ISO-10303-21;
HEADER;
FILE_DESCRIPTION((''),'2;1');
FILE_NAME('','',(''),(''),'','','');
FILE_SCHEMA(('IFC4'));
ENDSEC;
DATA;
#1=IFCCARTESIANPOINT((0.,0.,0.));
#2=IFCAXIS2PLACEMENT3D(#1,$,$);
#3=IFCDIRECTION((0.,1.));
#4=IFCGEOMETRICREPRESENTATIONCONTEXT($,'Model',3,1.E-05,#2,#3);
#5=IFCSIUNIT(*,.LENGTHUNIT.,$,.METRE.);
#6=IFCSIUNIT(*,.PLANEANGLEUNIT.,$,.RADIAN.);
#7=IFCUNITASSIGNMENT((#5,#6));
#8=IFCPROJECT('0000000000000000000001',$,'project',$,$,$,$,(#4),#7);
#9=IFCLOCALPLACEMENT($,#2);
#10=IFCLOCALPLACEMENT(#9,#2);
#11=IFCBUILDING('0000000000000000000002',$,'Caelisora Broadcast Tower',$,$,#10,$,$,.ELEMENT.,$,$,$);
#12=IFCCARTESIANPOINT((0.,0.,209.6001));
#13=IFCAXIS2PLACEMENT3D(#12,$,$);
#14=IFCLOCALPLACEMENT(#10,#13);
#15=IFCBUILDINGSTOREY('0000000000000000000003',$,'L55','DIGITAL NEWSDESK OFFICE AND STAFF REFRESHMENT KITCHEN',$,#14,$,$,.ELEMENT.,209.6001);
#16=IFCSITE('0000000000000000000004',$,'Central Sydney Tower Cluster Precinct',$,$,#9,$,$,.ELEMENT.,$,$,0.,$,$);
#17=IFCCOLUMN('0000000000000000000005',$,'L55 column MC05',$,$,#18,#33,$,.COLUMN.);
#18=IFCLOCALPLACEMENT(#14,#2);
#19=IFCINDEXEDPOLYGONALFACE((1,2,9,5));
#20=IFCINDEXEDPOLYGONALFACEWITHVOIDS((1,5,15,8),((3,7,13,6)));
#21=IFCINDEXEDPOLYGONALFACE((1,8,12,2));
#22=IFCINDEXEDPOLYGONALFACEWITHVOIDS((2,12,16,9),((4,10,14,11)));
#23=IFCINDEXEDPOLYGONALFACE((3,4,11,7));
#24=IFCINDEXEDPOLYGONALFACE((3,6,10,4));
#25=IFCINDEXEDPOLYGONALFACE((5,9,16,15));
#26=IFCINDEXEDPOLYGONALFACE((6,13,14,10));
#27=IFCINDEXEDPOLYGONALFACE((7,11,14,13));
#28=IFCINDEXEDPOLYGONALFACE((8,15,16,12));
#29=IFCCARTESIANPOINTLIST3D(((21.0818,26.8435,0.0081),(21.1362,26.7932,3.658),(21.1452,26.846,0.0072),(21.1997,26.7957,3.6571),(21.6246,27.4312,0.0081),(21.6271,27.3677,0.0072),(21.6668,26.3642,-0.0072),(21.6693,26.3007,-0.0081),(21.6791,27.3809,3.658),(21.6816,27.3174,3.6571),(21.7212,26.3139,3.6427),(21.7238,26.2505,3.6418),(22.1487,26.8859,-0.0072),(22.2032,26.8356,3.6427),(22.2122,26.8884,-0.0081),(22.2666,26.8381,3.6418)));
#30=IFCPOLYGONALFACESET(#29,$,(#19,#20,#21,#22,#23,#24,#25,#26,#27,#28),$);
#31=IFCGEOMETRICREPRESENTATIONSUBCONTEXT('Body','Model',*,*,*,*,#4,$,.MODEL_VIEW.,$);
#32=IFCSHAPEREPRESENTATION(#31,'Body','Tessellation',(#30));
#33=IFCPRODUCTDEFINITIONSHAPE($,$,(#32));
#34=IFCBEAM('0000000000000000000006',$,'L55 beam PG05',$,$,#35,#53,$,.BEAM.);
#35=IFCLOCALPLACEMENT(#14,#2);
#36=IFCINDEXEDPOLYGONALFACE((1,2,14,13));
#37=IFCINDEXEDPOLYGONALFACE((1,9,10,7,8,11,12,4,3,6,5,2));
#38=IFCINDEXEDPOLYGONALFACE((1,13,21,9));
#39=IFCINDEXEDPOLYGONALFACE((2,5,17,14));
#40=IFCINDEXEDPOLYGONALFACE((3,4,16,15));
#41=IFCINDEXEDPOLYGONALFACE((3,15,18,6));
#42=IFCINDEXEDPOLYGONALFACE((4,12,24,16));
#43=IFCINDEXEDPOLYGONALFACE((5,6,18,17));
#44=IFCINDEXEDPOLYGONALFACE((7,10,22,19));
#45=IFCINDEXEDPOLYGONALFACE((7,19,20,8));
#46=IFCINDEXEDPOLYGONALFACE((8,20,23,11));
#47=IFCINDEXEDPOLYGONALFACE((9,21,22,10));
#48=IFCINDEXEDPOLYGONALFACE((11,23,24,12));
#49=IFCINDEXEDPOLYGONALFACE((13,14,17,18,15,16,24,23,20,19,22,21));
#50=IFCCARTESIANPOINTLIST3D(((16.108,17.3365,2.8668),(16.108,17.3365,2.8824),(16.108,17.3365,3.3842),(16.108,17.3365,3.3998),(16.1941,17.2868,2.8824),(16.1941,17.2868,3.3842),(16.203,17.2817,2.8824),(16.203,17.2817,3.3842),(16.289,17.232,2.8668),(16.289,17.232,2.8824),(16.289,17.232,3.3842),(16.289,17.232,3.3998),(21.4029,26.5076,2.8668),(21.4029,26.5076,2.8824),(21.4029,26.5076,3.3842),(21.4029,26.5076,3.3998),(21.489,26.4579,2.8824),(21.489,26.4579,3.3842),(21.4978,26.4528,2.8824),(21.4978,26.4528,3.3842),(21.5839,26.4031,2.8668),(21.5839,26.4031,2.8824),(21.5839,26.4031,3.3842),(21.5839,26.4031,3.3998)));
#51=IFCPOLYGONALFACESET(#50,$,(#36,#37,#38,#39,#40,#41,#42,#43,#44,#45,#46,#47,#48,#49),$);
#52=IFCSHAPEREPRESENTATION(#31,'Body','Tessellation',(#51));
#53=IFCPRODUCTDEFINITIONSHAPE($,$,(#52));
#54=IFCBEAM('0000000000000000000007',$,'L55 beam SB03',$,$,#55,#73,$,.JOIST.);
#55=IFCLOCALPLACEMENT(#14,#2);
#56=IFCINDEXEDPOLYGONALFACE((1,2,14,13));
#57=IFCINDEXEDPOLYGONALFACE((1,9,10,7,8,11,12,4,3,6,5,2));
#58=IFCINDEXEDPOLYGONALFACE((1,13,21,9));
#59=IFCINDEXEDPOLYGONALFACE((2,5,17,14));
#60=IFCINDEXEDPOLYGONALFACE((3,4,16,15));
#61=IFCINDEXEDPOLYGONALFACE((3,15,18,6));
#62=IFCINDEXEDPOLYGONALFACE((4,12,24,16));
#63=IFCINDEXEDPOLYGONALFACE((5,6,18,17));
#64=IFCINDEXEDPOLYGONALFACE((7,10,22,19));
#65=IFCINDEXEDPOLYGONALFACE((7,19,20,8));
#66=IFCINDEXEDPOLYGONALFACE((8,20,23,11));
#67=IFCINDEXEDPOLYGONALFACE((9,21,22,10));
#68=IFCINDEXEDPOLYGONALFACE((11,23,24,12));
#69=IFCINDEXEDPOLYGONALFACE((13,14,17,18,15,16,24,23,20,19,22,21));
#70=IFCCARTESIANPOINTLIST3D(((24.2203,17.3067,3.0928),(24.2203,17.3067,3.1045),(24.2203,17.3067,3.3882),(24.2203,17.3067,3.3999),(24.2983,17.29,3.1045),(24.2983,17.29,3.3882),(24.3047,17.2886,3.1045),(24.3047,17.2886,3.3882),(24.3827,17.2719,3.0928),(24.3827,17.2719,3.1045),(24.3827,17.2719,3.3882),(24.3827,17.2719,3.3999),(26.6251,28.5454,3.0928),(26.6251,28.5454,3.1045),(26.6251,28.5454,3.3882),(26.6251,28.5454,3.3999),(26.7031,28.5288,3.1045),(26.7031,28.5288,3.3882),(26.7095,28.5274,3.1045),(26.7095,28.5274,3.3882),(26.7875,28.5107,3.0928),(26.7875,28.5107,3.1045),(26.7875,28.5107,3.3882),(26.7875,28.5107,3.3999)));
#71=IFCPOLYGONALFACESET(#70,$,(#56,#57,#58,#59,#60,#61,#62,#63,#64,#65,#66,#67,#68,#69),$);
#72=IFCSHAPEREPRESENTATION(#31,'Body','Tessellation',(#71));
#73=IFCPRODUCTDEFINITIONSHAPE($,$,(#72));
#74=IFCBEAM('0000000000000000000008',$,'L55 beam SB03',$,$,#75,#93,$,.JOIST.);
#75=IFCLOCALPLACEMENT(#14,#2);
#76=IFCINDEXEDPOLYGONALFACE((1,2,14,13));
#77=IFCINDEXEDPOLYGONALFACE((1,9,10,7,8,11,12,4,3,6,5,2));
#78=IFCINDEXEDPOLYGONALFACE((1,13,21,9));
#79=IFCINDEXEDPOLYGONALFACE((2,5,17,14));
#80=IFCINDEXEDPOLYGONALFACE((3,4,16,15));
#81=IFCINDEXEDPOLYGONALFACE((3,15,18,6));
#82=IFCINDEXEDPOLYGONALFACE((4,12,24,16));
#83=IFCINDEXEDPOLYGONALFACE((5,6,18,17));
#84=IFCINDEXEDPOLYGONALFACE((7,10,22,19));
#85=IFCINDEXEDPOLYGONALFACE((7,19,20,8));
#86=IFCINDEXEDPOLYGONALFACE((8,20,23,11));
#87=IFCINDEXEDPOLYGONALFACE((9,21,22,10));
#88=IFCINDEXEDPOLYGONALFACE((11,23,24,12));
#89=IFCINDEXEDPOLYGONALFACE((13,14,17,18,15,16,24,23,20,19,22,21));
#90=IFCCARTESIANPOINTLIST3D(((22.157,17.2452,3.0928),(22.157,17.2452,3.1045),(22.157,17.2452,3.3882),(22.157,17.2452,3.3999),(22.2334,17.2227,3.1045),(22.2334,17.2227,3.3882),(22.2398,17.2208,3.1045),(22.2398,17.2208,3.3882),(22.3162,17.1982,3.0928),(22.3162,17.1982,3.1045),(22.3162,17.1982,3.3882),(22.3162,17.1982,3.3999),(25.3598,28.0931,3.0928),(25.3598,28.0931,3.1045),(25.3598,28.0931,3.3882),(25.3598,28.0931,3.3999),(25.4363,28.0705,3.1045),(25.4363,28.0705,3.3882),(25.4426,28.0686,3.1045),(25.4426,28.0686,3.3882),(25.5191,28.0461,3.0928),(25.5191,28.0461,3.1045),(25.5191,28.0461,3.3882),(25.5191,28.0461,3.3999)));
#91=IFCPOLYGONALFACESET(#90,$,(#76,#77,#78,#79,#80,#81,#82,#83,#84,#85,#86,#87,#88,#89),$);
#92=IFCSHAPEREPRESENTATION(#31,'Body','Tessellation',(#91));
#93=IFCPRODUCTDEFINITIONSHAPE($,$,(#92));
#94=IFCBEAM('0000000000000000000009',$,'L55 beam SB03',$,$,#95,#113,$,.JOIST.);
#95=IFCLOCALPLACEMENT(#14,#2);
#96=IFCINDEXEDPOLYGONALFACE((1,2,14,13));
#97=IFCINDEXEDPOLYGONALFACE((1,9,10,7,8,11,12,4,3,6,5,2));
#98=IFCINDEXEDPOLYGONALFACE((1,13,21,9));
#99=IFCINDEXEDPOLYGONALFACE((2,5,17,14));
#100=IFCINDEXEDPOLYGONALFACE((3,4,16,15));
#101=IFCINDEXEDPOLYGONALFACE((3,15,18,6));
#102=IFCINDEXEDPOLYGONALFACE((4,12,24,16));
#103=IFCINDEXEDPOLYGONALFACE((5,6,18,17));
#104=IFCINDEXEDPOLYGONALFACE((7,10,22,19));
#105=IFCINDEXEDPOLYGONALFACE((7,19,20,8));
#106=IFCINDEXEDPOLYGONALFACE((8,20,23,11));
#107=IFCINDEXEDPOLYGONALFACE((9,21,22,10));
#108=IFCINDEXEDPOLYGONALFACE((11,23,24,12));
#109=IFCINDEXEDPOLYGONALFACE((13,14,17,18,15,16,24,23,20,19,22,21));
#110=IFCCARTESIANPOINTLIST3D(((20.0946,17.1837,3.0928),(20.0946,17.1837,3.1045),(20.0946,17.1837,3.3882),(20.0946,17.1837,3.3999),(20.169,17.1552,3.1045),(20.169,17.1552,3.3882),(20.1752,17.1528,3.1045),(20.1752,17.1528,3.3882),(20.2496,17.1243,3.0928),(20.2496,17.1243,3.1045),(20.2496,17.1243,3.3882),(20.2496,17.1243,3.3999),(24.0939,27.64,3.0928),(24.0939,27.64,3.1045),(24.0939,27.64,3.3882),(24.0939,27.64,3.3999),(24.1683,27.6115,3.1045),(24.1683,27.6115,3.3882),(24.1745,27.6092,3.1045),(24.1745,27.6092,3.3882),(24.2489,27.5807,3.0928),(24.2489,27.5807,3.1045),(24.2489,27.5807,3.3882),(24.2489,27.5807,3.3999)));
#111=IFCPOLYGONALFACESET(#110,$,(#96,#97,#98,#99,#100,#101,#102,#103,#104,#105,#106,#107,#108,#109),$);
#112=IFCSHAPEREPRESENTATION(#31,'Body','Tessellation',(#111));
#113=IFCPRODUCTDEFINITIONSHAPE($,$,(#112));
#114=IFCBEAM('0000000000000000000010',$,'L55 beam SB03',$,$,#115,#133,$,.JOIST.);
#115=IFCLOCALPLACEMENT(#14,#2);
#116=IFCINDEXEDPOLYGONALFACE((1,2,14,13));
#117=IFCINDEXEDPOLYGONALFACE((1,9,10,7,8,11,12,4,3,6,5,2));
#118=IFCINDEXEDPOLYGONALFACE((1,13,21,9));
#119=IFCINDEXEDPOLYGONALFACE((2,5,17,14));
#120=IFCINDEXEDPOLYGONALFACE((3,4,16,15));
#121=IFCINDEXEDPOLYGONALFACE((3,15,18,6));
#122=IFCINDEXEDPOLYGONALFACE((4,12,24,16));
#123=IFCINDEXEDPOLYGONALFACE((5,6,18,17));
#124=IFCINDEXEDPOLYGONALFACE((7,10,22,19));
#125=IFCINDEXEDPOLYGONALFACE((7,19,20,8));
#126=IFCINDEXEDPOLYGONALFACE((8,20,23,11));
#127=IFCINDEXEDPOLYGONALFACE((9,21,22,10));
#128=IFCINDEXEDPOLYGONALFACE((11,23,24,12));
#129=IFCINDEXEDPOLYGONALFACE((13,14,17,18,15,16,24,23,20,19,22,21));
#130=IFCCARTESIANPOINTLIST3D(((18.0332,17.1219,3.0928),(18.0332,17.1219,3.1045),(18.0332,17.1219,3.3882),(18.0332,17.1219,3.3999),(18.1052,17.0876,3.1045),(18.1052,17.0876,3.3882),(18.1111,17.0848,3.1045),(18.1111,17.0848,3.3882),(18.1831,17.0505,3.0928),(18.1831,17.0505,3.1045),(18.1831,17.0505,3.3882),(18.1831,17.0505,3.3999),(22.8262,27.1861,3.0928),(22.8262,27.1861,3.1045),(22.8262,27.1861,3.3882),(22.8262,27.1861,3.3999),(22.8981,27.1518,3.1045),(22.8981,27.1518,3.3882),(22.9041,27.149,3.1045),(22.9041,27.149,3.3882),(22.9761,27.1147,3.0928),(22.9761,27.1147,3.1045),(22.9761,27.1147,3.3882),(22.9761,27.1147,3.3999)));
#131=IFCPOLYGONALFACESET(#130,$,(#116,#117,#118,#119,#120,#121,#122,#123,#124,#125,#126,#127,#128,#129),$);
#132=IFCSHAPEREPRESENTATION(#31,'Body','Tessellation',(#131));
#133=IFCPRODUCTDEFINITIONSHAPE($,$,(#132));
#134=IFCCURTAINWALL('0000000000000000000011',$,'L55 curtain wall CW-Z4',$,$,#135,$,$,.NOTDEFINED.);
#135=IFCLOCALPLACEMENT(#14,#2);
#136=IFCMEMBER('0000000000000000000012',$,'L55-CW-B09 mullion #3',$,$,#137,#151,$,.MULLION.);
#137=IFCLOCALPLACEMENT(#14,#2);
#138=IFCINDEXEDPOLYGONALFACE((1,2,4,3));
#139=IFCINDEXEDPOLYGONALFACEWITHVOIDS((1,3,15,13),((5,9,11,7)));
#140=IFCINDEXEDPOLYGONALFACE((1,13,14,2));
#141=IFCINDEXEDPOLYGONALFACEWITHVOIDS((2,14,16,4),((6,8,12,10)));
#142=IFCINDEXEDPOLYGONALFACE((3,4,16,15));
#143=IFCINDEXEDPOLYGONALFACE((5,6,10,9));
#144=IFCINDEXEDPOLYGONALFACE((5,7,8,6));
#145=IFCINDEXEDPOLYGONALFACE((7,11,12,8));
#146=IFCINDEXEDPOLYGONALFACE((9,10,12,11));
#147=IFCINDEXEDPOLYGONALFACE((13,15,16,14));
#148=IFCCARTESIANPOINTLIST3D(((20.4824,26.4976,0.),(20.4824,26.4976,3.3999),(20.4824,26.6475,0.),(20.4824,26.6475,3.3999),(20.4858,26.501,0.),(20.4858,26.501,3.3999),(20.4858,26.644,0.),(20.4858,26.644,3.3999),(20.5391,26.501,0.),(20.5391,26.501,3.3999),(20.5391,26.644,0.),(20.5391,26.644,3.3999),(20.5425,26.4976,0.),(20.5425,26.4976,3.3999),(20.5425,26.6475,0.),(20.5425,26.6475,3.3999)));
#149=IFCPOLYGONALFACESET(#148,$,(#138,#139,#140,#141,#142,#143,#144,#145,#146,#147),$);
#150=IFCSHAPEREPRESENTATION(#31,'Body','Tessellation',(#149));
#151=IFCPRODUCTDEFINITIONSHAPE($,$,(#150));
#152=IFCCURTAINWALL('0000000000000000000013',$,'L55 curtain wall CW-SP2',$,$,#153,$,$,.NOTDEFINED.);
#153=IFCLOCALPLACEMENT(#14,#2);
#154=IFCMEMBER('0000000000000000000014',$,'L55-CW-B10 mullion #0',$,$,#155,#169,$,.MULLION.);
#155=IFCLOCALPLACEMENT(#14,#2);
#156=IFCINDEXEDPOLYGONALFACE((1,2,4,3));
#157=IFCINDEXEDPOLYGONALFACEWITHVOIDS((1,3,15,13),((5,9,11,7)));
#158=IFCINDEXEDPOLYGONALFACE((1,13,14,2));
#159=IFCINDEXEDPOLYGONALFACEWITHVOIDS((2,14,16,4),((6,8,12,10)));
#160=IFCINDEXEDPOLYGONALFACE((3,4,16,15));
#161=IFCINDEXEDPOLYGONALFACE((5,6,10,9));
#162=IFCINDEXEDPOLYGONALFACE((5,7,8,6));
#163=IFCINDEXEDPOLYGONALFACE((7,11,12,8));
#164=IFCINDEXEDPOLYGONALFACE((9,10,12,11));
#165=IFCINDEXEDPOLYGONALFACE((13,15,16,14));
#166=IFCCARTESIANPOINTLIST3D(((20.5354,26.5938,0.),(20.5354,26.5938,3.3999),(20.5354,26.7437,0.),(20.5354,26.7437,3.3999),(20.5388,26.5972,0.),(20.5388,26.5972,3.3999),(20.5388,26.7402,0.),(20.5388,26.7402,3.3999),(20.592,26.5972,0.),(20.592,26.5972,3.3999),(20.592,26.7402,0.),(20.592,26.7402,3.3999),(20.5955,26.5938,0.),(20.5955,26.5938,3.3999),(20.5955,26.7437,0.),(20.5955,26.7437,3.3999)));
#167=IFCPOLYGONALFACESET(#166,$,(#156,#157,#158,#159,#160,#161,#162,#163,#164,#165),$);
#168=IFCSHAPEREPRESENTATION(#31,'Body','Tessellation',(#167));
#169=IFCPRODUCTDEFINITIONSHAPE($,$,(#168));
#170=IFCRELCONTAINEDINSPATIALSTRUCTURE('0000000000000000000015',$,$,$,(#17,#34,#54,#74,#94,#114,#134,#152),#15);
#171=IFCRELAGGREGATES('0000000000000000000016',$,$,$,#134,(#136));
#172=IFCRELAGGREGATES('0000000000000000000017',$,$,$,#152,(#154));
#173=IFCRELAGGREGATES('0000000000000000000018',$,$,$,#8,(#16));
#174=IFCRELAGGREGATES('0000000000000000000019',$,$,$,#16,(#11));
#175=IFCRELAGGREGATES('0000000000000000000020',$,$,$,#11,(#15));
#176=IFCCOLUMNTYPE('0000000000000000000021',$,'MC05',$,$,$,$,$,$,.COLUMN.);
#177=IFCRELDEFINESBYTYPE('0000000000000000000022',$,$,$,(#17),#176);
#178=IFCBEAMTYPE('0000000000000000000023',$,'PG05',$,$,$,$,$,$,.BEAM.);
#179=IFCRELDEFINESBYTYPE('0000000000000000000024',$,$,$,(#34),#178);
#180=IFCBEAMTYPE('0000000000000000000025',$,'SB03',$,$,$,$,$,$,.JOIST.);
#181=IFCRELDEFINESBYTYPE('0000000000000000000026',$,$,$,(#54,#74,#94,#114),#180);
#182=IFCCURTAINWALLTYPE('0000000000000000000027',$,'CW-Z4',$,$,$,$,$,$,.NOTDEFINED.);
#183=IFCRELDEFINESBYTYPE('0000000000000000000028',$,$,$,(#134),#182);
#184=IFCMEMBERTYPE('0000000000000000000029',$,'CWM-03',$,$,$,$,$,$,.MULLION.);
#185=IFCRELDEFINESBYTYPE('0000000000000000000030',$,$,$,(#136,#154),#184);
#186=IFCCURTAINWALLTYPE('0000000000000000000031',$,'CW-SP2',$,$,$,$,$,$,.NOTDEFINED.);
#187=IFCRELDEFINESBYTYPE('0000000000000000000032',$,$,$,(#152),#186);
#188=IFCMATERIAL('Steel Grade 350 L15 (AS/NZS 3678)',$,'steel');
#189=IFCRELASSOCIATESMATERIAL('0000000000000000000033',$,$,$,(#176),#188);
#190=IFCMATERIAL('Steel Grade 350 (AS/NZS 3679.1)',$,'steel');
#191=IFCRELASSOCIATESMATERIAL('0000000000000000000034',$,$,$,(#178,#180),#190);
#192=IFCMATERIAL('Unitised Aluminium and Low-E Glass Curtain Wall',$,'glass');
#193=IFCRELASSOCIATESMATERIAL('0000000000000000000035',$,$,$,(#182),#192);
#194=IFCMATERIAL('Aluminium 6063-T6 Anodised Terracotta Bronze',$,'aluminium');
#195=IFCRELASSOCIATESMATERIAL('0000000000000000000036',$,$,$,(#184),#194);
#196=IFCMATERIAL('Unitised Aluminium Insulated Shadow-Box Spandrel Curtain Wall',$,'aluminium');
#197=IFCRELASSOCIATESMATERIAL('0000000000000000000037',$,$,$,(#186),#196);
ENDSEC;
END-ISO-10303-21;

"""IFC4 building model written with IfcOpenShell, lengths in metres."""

from ifc_helpers import new_model, si_unit, direction, frame, origin, origin_2d, place, context, subcontext, project, spatial, hollow_rectangle, i_section, extrude, source, transform, mapped, material, material_profile, profile_set, type_object, type_shapes, element, aggregate, save


model = new_model("IFC4")

# Units and contexts
model_context = context("Model", 3, precision=1e-05, world=origin(), true_north=direction((0.0, 1.0)))
body_context = subcontext(model_context, "Body", "Model", "MODEL_VIEW")
ifc_project = project(units=[si_unit("LENGTHUNIT", "METRE"), si_unit("PLANEANGLEUNIT", "RADIAN")], contexts=[model_context])

# Site, building, storey
site_placement = place(None, origin())
site = spatial("IfcSite", under=ifc_project, at=site_placement, Name="Central Sydney Tower Cluster Precinct", CompositionType="ELEMENT", RefElevation=0.0)
building_placement = place(site_placement, origin())
building = spatial("IfcBuilding", under=site, at=building_placement, Name="Caelisora Broadcast Tower", CompositionType="ELEMENT")
storey_placement = place(building_placement, frame((0.0, 0.0, 209.6001)))
storey = spatial("IfcBuildingStorey", under=building, at=storey_placement, Name="L55", Description="DIGITAL NEWSDESK OFFICE AND STAFF REFRESHMENT KITCHEN", CompositionType="ELEMENT", Elevation=209.6001)

# Column
ifc_material_1 = material(Name="Steel Grade 350 L15 (AS/NZS 3678)", Category="steel")
ifc_material_profile_1 = material_profile(ifc_material_1, hollow_rectangle(XDim=0.8, YDim=0.8, WallThickness=0.0449, at=origin_2d()), Name="Steel Grade 350 L15 (AS/NZS 3678)")
ifc_profile_set_1 = profile_set([ifc_material_profile_1], Name="Steel Grade 350 L15 (AS/NZS 3678)")
column_type = type_object("IfcColumnType", Name="MC05", PredefinedType="COLUMN", material=ifc_profile_set_1)
shared_shape_1 = source(origin(), body_context, "Body", "SweptSolid", [
    extrude(hollow_rectangle(XDim=0.8, YDim=0.8, WallThickness=0.0449, at=origin_2d()), origin(), (0.0, 0.0, 1.0), 3.6506),
])
type_shapes(column_type, [shared_shape_1])
column_placement = place(storey_placement, frame((21.647, 26.866, 0.0), z_axis=(0.014913, -0.013776, 0.999794), x_axis=(0.678554, 0.734551, 0.0)))
element("IfcColumn", 1, at=column_placement, inside=storey, type_object=column_type, Name="L55 column MC05", PredefinedType="COLUMN", context=body_context, shape_type="MappedRepresentation", body=[
    mapped(shared_shape_1, transform((0.0, 0.0, 0.0), scale=1.0)),
])

# Beams
ifc_material_2 = material(Name="Steel Grade 350 (AS/NZS 3679.1)", Category="steel")
ifc_material_profile_2 = material_profile(ifc_material_2, i_section(OverallWidth=0.209, OverallDepth=0.533, WebThickness=0.0103, FlangeThickness=0.0156, at=origin_2d()), Name="Steel Grade 350 (AS/NZS 3679.1)")
ifc_profile_set_2 = profile_set([ifc_material_profile_2], Name="Steel Grade 350 (AS/NZS 3679.1)")
beam_type_1 = type_object("IfcBeamType", Name="PG05", PredefinedType="BEAM", material=ifc_profile_set_2)
shared_shape_2 = source(origin(), body_context, "Body", "SweptSolid", [
    extrude(i_section(OverallWidth=0.209, OverallDepth=0.533, WebThickness=0.0103, FlangeThickness=0.0156, at=origin_2d()), origin(), (0.0, 0.0, 1.0), 10.5898),
])
type_shapes(beam_type_1, [shared_shape_2])
beam_1_placement = place(storey_placement, frame((21.4934, 26.4553, 3.1333), z_axis=(-0.499997, -0.866027, 0.0), x_axis=(0.866027, -0.499997, 0.0)))
element("IfcBeam", 2, at=beam_1_placement, inside=storey, type_object=beam_type_1, Name="L55 beam PG05", PredefinedType="BEAM", context=body_context, shape_type="MappedRepresentation", body=[
    mapped(shared_shape_2, transform((0.0, 0.0, 0.0), scale=1.0)),
])
ifc_material_profile_3 = material_profile(ifc_material_2, i_section(OverallWidth=0.166, OverallDepth=0.3071, WebThickness=0.0066, FlangeThickness=0.0117, at=origin_2d()), Name="Steel Grade 350 (AS/NZS 3679.1)")
ifc_profile_set_3 = profile_set([ifc_material_profile_3], Name="Steel Grade 350 (AS/NZS 3679.1)")
beam_type_2 = type_object("IfcBeamType", Name="SB03", PredefinedType="JOIST", material=ifc_profile_set_3)
shared_shape_3 = source(origin(), body_context, "Body", "SweptSolid", [
    extrude(i_section(OverallWidth=0.166, OverallDepth=0.3071, WebThickness=0.0066, FlangeThickness=0.0117, at=origin_2d()), origin(), (0.0, 0.0, 1.0), 11.4932),
])
beam_2_placement = place(storey_placement, frame((26.7063, 28.5281, 3.2463), z_axis=(-0.209236, -0.977865, 0.0), x_axis=(0.977865, -0.209236, 0.0)))
element("IfcBeam", 3, at=beam_2_placement, inside=storey, type_object=beam_type_2, Name="L55 beam SB03", PredefinedType="JOIST", context=body_context, shape_type="MappedRepresentation", body=[
    mapped(shared_shape_3, transform((0.0, 0.0, 0.0), scale=1.0)),
])
shared_shape_4 = source(origin(), body_context, "Body", "SweptSolid", [
    extrude(i_section(OverallWidth=0.166, OverallDepth=0.3071, WebThickness=0.0066, FlangeThickness=0.0117, at=origin_2d()), origin(), (0.0, 0.0, 1.0), 11.3108),
])
beam_3_placement = place(storey_placement, frame((25.4395, 28.0696, 3.2463), z_axis=(-0.283169, -0.95907, 0.0), x_axis=(0.95907, -0.283169, 0.0)))
element("IfcBeam", 4, at=beam_3_placement, inside=storey, type_object=beam_type_2, Name="L55 beam SB03", PredefinedType="JOIST", context=body_context, shape_type="MappedRepresentation", body=[
    mapped(shared_shape_4, transform((0.0, 0.0, 0.0), scale=1.0)),
])
shared_shape_5 = source(origin(), body_context, "Body", "SweptSolid", [
    extrude(i_section(OverallWidth=0.166, OverallDepth=0.3071, WebThickness=0.0066, FlangeThickness=0.0117, at=origin_2d()), origin(), (0.0, 0.0, 1.0), 11.1951),
])
beam_4_placement = place(storey_placement, frame((24.1714, 27.6104, 3.2463), z_axis=(-0.357237, -0.934014, 0.0), x_axis=(0.934014, -0.357237, 0.0)))
element("IfcBeam", 5, at=beam_4_placement, inside=storey, type_object=beam_type_2, Name="L55 beam SB03", PredefinedType="JOIST", context=body_context, shape_type="MappedRepresentation", body=[
    mapped(shared_shape_5, transform((0.0, 0.0, 0.0), scale=1.0)),
])
shared_shape_6 = source(origin(), body_context, "Body", "SweptSolid", [
    extrude(i_section(OverallWidth=0.166, OverallDepth=0.3071, WebThickness=0.0066, FlangeThickness=0.0117, at=origin_2d()), origin(), (0.0, 0.0, 1.0), 11.1472),
])
type_shapes(beam_type_2, [shared_shape_3, shared_shape_4, shared_shape_5, shared_shape_6])
beam_5_placement = place(storey_placement, frame((22.9011, 27.1504, 3.2463), z_axis=(-0.429969, -0.902844, 0.0), x_axis=(0.902844, -0.429969, 0.0)))
element("IfcBeam", 6, at=beam_5_placement, inside=storey, type_object=beam_type_2, Name="L55 beam SB03", PredefinedType="JOIST", context=body_context, shape_type="MappedRepresentation", body=[
    mapped(shared_shape_6, transform((0.0, 0.0, 0.0), scale=1.0)),
])

# Curtain wall, member
ifc_material_3 = material(Name="Unitised Aluminium and Low-E Glass Curtain Wall", Category="glass")
curtain_wall_type_1 = type_object("IfcCurtainWallType", Name="CW-Z4", PredefinedType="NOTDEFINED", material=ifc_material_3)
curtain_wall_1_placement = place(storey_placement, origin())
curtain_wall_1 = element("IfcCurtainWall", 7, at=curtain_wall_1_placement, inside=storey, type_object=curtain_wall_type_1, Name="L55 curtain wall CW-Z4", PredefinedType="NOTDEFINED")
ifc_material_4 = material(Name="Aluminium 6063-T6 Anodised Terracotta Bronze", Category="aluminium")
ifc_material_profile_4 = material_profile(ifc_material_4, hollow_rectangle(XDim=0.0601, YDim=0.1499, WallThickness=0.0034, at=origin_2d()), Name="Aluminium 6063-T6 Anodised Terracotta Bronze")
ifc_profile_set_4 = profile_set([ifc_material_profile_4], Name="Aluminium 6063-T6 Anodised Terracotta Bronze")
member_type_1 = type_object("IfcMemberType", Name="CWM-03", PredefinedType="MULLION", material=ifc_profile_set_4)
shared_shape_7 = source(origin(), body_context, "Body", "SweptSolid", [
    extrude(hollow_rectangle(XDim=0.0601, YDim=0.1499, WallThickness=0.0034, at=origin_2d()), origin(), (0.0, 0.0, 1.0), 3.3999),
])
type_shapes(member_type_1, [shared_shape_7])
member_1_placement = place(storey_placement, frame((20.5125, 26.5725, 0.0), z_axis=(0.0, 0.0, 1.0), x_axis=(1.0, 0.0, 0.0)))
member_1 = element("IfcMember", 8, at=member_1_placement, type_object=member_type_1, Name="L55-CW-B09 mullion #3", PredefinedType="MULLION", context=body_context, shape_type="MappedRepresentation", body=[
    mapped(shared_shape_7, transform((0.0, 0.0, 0.0), scale=1.0)),
])

# Curtain wall, member
ifc_material_5 = material(Name="Unitised Aluminium Insulated Shadow-Box Spandrel Curtain Wall", Category="aluminium")
curtain_wall_type_2 = type_object("IfcCurtainWallType", Name="CW-SP2", PredefinedType="NOTDEFINED", material=ifc_material_5)
curtain_wall_2_placement = place(storey_placement, origin())
curtain_wall_2 = element("IfcCurtainWall", 9, at=curtain_wall_2_placement, inside=storey, type_object=curtain_wall_type_2, Name="L55 curtain wall CW-SP2", PredefinedType="NOTDEFINED")
member_2_placement = place(storey_placement, frame((20.5654, 26.6687, 0.0), z_axis=(0.0, 0.0, 1.0), x_axis=(1.0, 0.0, 0.0)))
member_2 = element("IfcMember", 10, at=member_2_placement, type_object=member_type_1, Name="L55-CW-B10 mullion #0", PredefinedType="MULLION", context=body_context, shape_type="MappedRepresentation", body=[
    mapped(shared_shape_7, transform((0.0, 0.0, 0.0), scale=1.0)),
])

aggregate(curtain_wall_1, [member_1])
aggregate(curtain_wall_2, [member_2])

save(model, "model.ifc")
